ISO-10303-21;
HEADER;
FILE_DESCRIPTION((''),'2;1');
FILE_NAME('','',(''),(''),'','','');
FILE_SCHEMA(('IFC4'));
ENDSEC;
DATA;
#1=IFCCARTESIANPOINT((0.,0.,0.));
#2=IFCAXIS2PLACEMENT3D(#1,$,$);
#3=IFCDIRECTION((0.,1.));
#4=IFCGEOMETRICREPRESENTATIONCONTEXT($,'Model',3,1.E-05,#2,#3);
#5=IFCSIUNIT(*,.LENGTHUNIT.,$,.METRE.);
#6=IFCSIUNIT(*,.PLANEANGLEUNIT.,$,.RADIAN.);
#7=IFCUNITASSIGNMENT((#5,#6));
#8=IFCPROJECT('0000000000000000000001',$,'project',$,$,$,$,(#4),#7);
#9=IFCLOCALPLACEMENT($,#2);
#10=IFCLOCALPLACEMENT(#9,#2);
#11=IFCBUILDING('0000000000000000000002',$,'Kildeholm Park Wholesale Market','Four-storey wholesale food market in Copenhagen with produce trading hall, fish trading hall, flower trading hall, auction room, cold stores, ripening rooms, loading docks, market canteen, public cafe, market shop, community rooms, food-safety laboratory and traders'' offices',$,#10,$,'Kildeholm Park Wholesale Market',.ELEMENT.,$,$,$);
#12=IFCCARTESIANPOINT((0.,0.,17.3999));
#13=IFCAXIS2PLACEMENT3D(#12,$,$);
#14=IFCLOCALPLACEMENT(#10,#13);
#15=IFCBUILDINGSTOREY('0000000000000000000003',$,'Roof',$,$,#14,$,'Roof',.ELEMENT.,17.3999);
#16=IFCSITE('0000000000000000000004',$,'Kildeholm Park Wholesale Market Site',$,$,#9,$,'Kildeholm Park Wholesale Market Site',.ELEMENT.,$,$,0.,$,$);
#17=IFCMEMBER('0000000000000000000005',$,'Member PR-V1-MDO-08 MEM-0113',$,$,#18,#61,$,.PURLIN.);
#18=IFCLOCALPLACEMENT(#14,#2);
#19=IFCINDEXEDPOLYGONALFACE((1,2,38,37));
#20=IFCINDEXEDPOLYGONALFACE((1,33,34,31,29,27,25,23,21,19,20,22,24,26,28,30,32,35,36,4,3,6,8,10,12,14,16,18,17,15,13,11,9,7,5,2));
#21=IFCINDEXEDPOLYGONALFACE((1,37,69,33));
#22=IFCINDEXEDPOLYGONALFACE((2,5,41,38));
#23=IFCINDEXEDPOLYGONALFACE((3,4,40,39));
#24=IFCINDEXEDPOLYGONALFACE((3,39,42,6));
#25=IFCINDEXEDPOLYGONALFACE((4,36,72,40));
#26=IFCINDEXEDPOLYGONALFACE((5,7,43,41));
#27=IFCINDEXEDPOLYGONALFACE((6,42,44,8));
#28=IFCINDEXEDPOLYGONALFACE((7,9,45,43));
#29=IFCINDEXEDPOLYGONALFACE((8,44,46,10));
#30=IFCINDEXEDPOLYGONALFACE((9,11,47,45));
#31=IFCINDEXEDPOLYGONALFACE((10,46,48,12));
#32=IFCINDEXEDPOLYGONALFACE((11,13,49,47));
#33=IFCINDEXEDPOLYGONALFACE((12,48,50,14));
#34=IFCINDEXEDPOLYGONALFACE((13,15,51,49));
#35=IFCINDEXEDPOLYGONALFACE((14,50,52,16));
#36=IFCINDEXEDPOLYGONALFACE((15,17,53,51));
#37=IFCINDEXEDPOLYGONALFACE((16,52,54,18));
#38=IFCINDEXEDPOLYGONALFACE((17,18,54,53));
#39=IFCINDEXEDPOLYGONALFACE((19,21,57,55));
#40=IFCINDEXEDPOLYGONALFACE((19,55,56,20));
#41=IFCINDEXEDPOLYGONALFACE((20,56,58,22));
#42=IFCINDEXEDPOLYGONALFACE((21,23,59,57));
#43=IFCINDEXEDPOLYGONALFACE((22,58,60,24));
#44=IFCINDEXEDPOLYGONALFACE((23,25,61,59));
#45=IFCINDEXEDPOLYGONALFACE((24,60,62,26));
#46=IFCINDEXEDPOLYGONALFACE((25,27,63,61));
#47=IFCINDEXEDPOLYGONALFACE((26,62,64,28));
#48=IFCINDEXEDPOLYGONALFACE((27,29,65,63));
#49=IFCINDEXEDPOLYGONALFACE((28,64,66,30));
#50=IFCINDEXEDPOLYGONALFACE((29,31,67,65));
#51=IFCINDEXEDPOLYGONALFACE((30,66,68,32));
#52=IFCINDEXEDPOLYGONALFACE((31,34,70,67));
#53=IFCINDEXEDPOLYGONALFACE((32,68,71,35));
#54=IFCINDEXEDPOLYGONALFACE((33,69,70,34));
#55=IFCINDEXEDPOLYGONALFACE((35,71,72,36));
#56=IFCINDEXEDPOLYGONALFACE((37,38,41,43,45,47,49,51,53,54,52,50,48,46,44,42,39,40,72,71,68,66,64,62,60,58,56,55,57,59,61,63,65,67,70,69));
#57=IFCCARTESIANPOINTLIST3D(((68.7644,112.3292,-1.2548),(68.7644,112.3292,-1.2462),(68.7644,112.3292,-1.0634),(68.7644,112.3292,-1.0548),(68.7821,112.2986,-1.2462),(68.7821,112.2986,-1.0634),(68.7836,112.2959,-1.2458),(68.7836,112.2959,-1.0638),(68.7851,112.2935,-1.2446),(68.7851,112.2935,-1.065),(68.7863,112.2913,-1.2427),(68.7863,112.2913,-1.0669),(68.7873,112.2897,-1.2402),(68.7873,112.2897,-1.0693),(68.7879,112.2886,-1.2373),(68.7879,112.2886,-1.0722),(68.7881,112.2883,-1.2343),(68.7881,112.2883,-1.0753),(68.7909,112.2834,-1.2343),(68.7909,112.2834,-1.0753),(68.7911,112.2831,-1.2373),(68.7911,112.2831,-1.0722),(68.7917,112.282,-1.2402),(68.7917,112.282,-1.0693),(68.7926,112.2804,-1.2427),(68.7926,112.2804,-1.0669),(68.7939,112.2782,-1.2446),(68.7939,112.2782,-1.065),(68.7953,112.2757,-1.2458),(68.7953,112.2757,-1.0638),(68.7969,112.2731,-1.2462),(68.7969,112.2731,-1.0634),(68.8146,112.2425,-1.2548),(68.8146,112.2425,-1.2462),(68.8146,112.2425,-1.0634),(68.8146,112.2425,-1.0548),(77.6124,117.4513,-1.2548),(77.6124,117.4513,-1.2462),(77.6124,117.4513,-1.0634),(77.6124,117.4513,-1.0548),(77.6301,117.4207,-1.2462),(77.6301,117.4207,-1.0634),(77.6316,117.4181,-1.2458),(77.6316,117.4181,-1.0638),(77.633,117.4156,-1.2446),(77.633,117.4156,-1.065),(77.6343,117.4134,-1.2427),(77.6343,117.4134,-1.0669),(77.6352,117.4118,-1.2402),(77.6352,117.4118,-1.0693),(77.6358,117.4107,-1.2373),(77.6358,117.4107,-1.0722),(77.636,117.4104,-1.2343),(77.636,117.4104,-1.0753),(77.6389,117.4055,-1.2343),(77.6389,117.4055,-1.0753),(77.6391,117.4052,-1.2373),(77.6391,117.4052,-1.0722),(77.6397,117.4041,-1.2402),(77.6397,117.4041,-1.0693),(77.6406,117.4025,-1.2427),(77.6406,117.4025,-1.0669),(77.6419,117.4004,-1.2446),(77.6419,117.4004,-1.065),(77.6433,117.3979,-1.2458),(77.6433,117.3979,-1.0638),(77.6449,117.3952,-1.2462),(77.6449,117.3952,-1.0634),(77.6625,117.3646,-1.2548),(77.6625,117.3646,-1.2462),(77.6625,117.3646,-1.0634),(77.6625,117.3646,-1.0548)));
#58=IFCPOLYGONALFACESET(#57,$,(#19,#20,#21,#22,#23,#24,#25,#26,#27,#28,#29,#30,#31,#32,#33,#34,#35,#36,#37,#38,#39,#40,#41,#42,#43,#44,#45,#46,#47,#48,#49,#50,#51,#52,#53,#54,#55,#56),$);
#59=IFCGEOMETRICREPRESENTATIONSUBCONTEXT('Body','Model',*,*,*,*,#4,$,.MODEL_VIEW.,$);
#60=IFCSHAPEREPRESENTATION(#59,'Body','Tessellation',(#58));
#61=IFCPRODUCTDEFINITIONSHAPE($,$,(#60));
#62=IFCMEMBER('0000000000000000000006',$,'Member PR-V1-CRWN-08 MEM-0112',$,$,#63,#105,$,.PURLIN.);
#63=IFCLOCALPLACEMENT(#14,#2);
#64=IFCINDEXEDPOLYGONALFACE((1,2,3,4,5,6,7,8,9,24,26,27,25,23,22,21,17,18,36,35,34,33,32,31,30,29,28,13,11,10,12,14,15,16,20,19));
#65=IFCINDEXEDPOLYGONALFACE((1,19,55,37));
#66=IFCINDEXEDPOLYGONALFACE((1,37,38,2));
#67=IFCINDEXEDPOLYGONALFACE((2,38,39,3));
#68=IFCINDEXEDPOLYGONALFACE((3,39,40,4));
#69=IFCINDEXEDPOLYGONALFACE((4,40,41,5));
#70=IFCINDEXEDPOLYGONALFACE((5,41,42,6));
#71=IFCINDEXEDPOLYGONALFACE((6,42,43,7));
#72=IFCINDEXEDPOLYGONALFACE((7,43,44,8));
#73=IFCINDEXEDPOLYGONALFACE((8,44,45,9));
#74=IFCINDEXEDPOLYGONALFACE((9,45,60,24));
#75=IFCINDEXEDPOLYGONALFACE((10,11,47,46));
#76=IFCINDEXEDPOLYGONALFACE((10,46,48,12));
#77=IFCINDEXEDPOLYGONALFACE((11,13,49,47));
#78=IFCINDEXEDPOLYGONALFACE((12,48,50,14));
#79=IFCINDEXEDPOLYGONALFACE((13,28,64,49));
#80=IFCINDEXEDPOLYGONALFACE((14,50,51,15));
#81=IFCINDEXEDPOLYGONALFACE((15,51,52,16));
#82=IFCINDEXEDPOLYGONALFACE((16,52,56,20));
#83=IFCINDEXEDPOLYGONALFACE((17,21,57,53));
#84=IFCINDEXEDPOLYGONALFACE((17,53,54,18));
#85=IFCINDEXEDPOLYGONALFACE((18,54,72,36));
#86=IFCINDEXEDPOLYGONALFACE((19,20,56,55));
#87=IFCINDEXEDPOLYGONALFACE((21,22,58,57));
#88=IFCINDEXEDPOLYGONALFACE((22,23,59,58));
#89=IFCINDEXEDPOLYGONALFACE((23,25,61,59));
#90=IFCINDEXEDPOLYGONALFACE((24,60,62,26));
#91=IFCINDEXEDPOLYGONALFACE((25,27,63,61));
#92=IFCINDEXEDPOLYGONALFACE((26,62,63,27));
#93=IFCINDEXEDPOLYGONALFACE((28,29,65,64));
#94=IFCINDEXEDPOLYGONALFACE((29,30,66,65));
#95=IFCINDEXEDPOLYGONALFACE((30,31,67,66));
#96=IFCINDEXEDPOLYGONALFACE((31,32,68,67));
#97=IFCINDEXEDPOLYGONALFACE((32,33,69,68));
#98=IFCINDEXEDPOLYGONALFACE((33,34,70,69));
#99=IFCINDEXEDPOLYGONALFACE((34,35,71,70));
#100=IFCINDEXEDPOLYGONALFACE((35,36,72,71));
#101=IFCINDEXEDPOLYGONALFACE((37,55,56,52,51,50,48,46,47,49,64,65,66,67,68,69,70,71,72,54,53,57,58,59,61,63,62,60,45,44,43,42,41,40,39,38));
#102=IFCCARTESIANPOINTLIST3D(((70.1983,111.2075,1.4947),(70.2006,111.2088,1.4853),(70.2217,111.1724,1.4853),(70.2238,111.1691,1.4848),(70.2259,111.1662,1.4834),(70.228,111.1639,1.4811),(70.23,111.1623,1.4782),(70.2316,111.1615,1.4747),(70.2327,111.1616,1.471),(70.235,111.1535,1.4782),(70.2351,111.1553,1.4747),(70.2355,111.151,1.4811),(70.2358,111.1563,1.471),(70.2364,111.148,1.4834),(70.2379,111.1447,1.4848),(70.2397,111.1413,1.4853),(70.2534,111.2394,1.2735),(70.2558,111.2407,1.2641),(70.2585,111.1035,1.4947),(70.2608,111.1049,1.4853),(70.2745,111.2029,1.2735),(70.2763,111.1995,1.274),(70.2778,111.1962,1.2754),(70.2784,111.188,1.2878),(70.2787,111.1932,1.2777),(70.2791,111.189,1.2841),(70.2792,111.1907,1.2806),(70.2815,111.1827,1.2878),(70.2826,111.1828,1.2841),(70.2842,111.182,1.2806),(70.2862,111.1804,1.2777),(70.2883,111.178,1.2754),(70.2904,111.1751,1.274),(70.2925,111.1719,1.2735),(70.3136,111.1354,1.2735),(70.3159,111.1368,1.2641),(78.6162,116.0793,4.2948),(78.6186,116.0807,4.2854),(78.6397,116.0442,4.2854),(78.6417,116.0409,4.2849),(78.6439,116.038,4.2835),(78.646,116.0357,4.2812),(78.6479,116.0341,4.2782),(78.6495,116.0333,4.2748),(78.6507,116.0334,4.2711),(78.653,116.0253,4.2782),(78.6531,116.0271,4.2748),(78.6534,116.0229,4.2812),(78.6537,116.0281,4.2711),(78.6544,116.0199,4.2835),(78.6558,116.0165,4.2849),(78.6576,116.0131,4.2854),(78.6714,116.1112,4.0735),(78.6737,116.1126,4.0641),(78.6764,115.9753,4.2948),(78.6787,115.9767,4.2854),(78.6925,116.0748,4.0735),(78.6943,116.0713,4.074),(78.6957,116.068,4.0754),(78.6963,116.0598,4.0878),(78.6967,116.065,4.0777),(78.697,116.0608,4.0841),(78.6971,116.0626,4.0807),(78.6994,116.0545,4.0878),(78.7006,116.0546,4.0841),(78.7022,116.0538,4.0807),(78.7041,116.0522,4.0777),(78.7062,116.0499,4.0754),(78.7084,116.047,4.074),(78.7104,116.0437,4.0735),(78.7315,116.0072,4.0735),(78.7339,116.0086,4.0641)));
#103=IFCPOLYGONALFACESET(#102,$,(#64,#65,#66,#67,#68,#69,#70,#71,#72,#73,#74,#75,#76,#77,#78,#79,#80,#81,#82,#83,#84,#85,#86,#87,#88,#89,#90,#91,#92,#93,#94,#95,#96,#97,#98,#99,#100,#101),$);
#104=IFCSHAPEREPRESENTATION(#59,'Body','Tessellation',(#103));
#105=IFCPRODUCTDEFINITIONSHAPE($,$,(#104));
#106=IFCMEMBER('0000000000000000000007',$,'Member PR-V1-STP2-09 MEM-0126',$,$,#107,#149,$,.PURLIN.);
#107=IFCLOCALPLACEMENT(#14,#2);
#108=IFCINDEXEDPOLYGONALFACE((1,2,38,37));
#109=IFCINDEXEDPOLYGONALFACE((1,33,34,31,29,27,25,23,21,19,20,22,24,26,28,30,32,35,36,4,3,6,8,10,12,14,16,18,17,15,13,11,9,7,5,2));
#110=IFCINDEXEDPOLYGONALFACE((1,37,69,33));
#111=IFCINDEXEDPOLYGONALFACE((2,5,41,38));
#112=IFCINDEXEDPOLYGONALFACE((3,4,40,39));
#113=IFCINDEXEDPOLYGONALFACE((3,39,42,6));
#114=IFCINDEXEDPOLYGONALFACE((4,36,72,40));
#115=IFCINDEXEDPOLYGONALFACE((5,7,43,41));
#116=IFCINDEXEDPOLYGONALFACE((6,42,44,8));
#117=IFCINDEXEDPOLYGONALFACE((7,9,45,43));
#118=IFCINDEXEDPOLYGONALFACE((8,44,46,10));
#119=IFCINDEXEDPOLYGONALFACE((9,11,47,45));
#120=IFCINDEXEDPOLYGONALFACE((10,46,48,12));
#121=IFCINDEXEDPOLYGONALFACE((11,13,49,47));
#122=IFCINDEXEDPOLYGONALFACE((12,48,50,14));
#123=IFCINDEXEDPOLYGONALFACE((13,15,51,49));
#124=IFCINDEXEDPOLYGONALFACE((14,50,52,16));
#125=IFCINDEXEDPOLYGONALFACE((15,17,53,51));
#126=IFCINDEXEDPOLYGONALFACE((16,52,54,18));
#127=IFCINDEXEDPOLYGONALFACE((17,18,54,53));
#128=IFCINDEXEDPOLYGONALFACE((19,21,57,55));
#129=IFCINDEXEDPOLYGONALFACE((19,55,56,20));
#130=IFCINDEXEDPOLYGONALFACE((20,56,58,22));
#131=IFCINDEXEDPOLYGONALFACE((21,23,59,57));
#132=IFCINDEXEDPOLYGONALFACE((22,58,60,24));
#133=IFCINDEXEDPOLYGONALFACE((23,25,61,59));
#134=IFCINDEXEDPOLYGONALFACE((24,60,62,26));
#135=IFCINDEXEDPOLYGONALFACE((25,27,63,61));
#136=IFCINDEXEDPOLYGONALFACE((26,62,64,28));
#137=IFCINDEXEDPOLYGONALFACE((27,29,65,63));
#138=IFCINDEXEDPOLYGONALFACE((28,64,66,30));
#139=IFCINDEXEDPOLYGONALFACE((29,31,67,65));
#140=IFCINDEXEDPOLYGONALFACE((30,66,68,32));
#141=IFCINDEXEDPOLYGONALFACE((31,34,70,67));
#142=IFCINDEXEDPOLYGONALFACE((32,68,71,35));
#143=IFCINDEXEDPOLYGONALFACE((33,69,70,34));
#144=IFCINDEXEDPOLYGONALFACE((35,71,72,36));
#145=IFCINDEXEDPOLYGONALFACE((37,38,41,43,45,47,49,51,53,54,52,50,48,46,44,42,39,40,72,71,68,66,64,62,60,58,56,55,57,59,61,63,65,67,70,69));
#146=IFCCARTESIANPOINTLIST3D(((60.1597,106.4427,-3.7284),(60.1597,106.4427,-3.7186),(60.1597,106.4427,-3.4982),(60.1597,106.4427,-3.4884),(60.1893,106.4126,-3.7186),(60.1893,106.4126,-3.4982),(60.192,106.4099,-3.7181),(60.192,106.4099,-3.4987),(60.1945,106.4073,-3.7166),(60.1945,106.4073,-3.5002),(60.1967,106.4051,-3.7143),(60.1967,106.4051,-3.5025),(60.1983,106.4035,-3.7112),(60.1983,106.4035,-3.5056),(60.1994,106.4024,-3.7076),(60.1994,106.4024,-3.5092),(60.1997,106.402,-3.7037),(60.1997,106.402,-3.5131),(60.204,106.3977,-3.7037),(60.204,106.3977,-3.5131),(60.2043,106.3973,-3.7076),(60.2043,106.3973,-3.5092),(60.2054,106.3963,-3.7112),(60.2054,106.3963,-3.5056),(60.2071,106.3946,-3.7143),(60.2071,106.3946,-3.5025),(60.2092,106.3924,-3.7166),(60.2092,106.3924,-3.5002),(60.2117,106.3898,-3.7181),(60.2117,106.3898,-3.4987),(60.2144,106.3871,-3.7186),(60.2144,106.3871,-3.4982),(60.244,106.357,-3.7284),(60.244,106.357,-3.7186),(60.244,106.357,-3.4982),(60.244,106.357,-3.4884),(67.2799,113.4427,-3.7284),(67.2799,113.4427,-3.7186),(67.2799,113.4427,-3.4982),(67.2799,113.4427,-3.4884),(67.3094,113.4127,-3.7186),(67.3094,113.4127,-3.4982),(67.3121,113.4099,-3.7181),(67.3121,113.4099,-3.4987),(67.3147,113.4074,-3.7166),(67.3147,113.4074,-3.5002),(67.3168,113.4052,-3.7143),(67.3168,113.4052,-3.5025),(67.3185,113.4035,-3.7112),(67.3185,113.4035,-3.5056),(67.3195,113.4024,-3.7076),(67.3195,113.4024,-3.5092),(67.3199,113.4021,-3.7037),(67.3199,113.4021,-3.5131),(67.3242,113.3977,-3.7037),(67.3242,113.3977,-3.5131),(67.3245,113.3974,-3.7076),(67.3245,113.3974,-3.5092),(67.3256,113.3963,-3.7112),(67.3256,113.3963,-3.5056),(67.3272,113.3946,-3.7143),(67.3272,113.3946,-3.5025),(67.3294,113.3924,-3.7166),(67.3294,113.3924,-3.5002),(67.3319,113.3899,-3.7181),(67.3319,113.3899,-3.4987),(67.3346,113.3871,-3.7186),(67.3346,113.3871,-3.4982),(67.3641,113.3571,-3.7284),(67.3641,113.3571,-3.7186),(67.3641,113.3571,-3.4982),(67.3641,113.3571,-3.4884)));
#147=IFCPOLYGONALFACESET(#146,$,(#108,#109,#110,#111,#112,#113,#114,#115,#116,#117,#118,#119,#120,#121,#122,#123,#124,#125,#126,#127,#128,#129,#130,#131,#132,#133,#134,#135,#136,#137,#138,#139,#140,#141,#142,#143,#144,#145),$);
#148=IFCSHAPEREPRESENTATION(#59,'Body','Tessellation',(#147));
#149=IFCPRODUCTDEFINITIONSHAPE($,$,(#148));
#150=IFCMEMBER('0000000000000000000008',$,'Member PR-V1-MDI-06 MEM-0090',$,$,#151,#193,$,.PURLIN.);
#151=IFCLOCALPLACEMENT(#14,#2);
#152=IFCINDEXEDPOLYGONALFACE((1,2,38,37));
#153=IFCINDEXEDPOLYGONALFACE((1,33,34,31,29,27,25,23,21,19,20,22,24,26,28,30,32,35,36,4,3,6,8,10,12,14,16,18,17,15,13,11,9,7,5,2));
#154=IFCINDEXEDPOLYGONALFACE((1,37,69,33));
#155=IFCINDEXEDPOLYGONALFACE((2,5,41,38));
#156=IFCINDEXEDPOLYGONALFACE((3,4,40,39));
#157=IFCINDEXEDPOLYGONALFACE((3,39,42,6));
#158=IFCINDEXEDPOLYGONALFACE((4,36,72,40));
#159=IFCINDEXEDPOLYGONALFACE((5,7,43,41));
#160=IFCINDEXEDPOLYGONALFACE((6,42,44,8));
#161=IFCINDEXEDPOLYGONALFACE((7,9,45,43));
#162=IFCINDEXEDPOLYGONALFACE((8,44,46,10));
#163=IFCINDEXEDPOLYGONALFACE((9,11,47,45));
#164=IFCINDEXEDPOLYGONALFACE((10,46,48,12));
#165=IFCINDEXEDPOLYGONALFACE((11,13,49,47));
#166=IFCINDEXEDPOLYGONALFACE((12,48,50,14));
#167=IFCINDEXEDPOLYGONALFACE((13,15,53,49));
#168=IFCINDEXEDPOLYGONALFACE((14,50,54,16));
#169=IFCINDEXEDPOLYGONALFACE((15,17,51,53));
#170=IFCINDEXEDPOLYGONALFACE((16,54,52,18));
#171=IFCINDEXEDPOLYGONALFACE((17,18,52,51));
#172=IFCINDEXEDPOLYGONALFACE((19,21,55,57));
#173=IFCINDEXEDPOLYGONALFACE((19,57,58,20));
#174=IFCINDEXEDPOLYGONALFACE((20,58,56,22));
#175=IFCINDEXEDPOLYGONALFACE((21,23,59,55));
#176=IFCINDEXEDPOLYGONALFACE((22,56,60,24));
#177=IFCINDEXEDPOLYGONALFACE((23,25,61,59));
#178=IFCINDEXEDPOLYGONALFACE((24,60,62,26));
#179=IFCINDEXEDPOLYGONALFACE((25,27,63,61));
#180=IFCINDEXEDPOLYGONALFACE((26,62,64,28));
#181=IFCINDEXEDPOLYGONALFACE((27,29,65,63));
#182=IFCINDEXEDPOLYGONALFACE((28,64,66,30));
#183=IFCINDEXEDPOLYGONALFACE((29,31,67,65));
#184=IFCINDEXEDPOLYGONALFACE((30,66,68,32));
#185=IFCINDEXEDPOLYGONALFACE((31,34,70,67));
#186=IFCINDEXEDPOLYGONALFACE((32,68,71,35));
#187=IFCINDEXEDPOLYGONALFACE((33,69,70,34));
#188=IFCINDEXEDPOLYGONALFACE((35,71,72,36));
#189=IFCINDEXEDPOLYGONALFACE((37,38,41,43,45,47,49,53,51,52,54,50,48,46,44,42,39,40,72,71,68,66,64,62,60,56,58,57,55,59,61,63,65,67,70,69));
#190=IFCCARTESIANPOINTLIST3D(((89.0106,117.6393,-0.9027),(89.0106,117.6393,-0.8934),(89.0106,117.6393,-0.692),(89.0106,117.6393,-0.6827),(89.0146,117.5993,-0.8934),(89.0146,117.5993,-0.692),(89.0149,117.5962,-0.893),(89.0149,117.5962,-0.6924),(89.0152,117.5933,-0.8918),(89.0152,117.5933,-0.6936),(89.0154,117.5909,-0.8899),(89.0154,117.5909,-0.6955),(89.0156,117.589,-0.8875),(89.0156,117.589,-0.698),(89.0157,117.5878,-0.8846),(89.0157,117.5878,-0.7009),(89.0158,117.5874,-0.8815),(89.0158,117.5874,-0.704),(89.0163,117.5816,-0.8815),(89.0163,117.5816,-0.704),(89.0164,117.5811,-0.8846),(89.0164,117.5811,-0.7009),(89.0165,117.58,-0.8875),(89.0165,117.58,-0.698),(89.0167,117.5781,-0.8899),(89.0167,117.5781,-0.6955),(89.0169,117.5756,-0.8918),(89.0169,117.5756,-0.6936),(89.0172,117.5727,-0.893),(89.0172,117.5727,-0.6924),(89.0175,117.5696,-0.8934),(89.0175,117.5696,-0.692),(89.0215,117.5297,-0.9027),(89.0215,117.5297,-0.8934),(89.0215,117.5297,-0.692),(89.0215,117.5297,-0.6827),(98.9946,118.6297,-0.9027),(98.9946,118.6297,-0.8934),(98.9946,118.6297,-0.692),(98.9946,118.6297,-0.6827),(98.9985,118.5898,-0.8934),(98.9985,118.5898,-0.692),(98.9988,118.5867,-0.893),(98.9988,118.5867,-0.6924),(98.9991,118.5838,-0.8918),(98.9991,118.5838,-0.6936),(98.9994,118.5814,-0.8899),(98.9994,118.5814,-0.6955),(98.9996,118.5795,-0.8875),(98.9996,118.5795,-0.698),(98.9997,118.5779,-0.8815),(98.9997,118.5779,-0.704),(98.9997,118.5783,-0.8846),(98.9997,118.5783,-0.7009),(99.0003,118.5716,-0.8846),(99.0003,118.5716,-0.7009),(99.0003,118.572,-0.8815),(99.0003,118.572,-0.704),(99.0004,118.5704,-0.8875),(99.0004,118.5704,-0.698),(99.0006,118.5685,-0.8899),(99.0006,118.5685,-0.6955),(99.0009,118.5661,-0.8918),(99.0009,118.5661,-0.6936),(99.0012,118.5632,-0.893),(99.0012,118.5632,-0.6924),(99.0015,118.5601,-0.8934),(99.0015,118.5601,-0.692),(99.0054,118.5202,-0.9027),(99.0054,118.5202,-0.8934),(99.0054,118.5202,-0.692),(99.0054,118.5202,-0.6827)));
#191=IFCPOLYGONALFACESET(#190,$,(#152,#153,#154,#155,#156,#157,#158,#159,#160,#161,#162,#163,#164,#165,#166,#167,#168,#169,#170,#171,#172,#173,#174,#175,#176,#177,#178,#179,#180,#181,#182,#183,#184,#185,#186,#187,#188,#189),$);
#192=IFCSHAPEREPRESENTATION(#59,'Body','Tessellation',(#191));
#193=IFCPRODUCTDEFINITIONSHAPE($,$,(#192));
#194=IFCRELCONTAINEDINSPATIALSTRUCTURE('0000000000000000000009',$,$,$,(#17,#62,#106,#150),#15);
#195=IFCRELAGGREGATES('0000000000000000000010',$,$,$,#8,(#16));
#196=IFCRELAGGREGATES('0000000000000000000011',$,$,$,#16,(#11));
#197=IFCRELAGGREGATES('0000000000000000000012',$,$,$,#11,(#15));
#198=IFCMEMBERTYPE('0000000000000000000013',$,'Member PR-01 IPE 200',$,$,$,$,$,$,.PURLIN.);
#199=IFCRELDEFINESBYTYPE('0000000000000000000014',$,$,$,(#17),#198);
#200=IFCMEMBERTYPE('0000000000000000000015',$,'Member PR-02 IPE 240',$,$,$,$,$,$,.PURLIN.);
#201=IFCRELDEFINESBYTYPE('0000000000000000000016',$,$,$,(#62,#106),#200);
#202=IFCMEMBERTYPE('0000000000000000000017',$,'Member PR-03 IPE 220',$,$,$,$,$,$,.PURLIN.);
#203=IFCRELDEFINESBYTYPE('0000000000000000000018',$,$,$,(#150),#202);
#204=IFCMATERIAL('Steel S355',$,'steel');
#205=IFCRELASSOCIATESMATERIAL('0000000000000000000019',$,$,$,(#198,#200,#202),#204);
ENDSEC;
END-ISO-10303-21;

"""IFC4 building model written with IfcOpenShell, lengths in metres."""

from ifc_helpers import new_model, si_unit, direction, frame, origin, origin_2d, place, context, subcontext, project, spatial, i_section, extrude, material, material_profile, profile_set, type_object, element, save


model = new_model("IFC4")

# Units and contexts
model_context = context("Model", 3, precision=1e-05, world=origin(), true_north=direction((0.0, 1.0)))
body_context = subcontext(model_context, "Body", "Model", "MODEL_VIEW")
ifc_project = project(units=[si_unit("LENGTHUNIT", "METRE"), si_unit("PLANEANGLEUNIT", "RADIAN")], contexts=[model_context])

# Site, building, storey
site_placement = place(None, origin())
site = spatial("IfcSite", under=ifc_project, at=site_placement, Name="Kildeholm Park Wholesale Market Site", LongName="Kildeholm Park Wholesale Market Site", CompositionType="ELEMENT", RefElevation=0.0)
building_placement = place(site_placement, origin())
building = spatial("IfcBuilding", under=site, at=building_placement, Name="Kildeholm Park Wholesale Market", Description="Four-storey wholesale food market in Copenhagen with produce trading hall, fish trading hall, flower trading hall, auction room, cold stores, ripening rooms, loading docks, market canteen, public cafe, market shop, community rooms, food-safety laboratory and traders' offices", LongName="Kildeholm Park Wholesale Market", CompositionType="ELEMENT")
storey_placement = place(building_placement, frame((0.0, 0.0, 17.3999)))
storey = spatial("IfcBuildingStorey", under=building, at=storey_placement, Name="Roof", LongName="Roof", CompositionType="ELEMENT", Elevation=17.3999)

# Members
ifc_material_1 = material(Name="Steel S355", Category="steel")
ifc_material_profile_1 = material_profile(ifc_material_1, i_section(OverallWidth=0.1001, OverallDepth=0.2, WebThickness=0.0056, FlangeThickness=0.0085, FilletRadius=0.012, at=origin_2d()), Name="IPE 200")
ifc_profile_set_1 = profile_set([ifc_material_profile_1], Name="Steel S355")
member_type_1 = type_object("IfcMemberType", Name="Member PR-01 IPE 200", PredefinedType="PURLIN", material=ifc_profile_set_1)
member_1_placement = place(storey_placement, frame((77.6375, 117.408, -1.1548), z_axis=(-0.865443, -0.501007, 0.0), x_axis=(0.501007, -0.865443, 0.0)))
element("IfcMember", 1, at=member_1_placement, inside=storey, type_object=member_type_1, Name="Member PR-V1-MDO-08 MEM-0113", PredefinedType="PURLIN", context=body_context, shape_type="SweptSolid", body=[
    extrude(i_section(OverallWidth=0.1001, OverallDepth=0.2, WebThickness=0.0056, FlangeThickness=0.0085, FilletRadius=0.012, at=origin_2d()), origin(), (0.0, 0.0, 1.0), 10.2236),
])
ifc_material_profile_2 = material_profile(ifc_material_1, i_section(OverallWidth=0.1201, OverallDepth=0.24, WebThickness=0.0061, FlangeThickness=0.0098, FilletRadius=0.0149, at=origin_2d()), Name="IPE 240")
ifc_profile_set_2 = profile_set([ifc_material_profile_2], Name="Steel S355")
member_type_2 = type_object("IfcMemberType", Name="Member PR-02 IPE 240", PredefinedType="PURLIN", material=ifc_profile_set_2)
member_2_placement = place(storey_placement, frame((78.675, 116.0439, 4.1794), z_axis=(-0.831723, -0.481352, -0.276654), x_axis=(0.500903, -0.865504, 0.0)))
element("IfcMember", 2, at=member_2_placement, inside=storey, type_object=member_type_2, Name="Member PR-V1-CRWN-08 MEM-0112", PredefinedType="PURLIN", context=body_context, shape_type="SweptSolid", body=[
    extrude(i_section(OverallWidth=0.1201, OverallDepth=0.24, WebThickness=0.0061, FlangeThickness=0.0098, FilletRadius=0.0149, at=origin_2d()), origin(), (0.0, 0.0, 1.0), 10.1211),
])
member_3_placement = place(storey_placement, frame((67.322, 113.3999, -3.6084), z_axis=(-0.713096, -0.701066, 0.0), x_axis=(0.701066, -0.713096, 0.0)))
element("IfcMember", 3, at=member_3_placement, inside=storey, type_object=member_type_2, Name="Member PR-V1-STP2-09 MEM-0126", PredefinedType="PURLIN", context=body_context, shape_type="SweptSolid", body=[
    extrude(i_section(OverallWidth=0.1201, OverallDepth=0.24, WebThickness=0.0061, FlangeThickness=0.0098, FilletRadius=0.0149, at=origin_2d()), origin(), (0.0, 0.0, 1.0), 9.9849),
])
ifc_material_profile_3 = material_profile(ifc_material_1, i_section(OverallWidth=0.1101, OverallDepth=0.22, WebThickness=0.0059, FlangeThickness=0.0093, FilletRadius=0.012, at=origin_2d()), Name="IPE 220")
ifc_profile_set_3 = profile_set([ifc_material_profile_3], Name="Steel S355")
member_type_3 = type_object("IfcMemberType", Name="Member PR-03 IPE 220", PredefinedType="PURLIN", material=ifc_profile_set_3)
member_4_placement = place(storey_placement, frame((99.0, 118.575, -0.7927), z_axis=(-0.995115, -0.098723, 0.0), x_axis=(0.098723, -0.995115, 0.0)))
element("IfcMember", 4, at=member_4_placement, inside=storey, type_object=member_type_3, Name="Member PR-V1-MDI-06 MEM-0090", PredefinedType="PURLIN", context=body_context, shape_type="SweptSolid", body=[
    extrude(i_section(OverallWidth=0.1101, OverallDepth=0.22, WebThickness=0.0059, FlangeThickness=0.0093, FilletRadius=0.012, at=origin_2d()), origin(), (0.0, 0.0, 1.0), 10.033),
])

save(model, "model.ifc")
